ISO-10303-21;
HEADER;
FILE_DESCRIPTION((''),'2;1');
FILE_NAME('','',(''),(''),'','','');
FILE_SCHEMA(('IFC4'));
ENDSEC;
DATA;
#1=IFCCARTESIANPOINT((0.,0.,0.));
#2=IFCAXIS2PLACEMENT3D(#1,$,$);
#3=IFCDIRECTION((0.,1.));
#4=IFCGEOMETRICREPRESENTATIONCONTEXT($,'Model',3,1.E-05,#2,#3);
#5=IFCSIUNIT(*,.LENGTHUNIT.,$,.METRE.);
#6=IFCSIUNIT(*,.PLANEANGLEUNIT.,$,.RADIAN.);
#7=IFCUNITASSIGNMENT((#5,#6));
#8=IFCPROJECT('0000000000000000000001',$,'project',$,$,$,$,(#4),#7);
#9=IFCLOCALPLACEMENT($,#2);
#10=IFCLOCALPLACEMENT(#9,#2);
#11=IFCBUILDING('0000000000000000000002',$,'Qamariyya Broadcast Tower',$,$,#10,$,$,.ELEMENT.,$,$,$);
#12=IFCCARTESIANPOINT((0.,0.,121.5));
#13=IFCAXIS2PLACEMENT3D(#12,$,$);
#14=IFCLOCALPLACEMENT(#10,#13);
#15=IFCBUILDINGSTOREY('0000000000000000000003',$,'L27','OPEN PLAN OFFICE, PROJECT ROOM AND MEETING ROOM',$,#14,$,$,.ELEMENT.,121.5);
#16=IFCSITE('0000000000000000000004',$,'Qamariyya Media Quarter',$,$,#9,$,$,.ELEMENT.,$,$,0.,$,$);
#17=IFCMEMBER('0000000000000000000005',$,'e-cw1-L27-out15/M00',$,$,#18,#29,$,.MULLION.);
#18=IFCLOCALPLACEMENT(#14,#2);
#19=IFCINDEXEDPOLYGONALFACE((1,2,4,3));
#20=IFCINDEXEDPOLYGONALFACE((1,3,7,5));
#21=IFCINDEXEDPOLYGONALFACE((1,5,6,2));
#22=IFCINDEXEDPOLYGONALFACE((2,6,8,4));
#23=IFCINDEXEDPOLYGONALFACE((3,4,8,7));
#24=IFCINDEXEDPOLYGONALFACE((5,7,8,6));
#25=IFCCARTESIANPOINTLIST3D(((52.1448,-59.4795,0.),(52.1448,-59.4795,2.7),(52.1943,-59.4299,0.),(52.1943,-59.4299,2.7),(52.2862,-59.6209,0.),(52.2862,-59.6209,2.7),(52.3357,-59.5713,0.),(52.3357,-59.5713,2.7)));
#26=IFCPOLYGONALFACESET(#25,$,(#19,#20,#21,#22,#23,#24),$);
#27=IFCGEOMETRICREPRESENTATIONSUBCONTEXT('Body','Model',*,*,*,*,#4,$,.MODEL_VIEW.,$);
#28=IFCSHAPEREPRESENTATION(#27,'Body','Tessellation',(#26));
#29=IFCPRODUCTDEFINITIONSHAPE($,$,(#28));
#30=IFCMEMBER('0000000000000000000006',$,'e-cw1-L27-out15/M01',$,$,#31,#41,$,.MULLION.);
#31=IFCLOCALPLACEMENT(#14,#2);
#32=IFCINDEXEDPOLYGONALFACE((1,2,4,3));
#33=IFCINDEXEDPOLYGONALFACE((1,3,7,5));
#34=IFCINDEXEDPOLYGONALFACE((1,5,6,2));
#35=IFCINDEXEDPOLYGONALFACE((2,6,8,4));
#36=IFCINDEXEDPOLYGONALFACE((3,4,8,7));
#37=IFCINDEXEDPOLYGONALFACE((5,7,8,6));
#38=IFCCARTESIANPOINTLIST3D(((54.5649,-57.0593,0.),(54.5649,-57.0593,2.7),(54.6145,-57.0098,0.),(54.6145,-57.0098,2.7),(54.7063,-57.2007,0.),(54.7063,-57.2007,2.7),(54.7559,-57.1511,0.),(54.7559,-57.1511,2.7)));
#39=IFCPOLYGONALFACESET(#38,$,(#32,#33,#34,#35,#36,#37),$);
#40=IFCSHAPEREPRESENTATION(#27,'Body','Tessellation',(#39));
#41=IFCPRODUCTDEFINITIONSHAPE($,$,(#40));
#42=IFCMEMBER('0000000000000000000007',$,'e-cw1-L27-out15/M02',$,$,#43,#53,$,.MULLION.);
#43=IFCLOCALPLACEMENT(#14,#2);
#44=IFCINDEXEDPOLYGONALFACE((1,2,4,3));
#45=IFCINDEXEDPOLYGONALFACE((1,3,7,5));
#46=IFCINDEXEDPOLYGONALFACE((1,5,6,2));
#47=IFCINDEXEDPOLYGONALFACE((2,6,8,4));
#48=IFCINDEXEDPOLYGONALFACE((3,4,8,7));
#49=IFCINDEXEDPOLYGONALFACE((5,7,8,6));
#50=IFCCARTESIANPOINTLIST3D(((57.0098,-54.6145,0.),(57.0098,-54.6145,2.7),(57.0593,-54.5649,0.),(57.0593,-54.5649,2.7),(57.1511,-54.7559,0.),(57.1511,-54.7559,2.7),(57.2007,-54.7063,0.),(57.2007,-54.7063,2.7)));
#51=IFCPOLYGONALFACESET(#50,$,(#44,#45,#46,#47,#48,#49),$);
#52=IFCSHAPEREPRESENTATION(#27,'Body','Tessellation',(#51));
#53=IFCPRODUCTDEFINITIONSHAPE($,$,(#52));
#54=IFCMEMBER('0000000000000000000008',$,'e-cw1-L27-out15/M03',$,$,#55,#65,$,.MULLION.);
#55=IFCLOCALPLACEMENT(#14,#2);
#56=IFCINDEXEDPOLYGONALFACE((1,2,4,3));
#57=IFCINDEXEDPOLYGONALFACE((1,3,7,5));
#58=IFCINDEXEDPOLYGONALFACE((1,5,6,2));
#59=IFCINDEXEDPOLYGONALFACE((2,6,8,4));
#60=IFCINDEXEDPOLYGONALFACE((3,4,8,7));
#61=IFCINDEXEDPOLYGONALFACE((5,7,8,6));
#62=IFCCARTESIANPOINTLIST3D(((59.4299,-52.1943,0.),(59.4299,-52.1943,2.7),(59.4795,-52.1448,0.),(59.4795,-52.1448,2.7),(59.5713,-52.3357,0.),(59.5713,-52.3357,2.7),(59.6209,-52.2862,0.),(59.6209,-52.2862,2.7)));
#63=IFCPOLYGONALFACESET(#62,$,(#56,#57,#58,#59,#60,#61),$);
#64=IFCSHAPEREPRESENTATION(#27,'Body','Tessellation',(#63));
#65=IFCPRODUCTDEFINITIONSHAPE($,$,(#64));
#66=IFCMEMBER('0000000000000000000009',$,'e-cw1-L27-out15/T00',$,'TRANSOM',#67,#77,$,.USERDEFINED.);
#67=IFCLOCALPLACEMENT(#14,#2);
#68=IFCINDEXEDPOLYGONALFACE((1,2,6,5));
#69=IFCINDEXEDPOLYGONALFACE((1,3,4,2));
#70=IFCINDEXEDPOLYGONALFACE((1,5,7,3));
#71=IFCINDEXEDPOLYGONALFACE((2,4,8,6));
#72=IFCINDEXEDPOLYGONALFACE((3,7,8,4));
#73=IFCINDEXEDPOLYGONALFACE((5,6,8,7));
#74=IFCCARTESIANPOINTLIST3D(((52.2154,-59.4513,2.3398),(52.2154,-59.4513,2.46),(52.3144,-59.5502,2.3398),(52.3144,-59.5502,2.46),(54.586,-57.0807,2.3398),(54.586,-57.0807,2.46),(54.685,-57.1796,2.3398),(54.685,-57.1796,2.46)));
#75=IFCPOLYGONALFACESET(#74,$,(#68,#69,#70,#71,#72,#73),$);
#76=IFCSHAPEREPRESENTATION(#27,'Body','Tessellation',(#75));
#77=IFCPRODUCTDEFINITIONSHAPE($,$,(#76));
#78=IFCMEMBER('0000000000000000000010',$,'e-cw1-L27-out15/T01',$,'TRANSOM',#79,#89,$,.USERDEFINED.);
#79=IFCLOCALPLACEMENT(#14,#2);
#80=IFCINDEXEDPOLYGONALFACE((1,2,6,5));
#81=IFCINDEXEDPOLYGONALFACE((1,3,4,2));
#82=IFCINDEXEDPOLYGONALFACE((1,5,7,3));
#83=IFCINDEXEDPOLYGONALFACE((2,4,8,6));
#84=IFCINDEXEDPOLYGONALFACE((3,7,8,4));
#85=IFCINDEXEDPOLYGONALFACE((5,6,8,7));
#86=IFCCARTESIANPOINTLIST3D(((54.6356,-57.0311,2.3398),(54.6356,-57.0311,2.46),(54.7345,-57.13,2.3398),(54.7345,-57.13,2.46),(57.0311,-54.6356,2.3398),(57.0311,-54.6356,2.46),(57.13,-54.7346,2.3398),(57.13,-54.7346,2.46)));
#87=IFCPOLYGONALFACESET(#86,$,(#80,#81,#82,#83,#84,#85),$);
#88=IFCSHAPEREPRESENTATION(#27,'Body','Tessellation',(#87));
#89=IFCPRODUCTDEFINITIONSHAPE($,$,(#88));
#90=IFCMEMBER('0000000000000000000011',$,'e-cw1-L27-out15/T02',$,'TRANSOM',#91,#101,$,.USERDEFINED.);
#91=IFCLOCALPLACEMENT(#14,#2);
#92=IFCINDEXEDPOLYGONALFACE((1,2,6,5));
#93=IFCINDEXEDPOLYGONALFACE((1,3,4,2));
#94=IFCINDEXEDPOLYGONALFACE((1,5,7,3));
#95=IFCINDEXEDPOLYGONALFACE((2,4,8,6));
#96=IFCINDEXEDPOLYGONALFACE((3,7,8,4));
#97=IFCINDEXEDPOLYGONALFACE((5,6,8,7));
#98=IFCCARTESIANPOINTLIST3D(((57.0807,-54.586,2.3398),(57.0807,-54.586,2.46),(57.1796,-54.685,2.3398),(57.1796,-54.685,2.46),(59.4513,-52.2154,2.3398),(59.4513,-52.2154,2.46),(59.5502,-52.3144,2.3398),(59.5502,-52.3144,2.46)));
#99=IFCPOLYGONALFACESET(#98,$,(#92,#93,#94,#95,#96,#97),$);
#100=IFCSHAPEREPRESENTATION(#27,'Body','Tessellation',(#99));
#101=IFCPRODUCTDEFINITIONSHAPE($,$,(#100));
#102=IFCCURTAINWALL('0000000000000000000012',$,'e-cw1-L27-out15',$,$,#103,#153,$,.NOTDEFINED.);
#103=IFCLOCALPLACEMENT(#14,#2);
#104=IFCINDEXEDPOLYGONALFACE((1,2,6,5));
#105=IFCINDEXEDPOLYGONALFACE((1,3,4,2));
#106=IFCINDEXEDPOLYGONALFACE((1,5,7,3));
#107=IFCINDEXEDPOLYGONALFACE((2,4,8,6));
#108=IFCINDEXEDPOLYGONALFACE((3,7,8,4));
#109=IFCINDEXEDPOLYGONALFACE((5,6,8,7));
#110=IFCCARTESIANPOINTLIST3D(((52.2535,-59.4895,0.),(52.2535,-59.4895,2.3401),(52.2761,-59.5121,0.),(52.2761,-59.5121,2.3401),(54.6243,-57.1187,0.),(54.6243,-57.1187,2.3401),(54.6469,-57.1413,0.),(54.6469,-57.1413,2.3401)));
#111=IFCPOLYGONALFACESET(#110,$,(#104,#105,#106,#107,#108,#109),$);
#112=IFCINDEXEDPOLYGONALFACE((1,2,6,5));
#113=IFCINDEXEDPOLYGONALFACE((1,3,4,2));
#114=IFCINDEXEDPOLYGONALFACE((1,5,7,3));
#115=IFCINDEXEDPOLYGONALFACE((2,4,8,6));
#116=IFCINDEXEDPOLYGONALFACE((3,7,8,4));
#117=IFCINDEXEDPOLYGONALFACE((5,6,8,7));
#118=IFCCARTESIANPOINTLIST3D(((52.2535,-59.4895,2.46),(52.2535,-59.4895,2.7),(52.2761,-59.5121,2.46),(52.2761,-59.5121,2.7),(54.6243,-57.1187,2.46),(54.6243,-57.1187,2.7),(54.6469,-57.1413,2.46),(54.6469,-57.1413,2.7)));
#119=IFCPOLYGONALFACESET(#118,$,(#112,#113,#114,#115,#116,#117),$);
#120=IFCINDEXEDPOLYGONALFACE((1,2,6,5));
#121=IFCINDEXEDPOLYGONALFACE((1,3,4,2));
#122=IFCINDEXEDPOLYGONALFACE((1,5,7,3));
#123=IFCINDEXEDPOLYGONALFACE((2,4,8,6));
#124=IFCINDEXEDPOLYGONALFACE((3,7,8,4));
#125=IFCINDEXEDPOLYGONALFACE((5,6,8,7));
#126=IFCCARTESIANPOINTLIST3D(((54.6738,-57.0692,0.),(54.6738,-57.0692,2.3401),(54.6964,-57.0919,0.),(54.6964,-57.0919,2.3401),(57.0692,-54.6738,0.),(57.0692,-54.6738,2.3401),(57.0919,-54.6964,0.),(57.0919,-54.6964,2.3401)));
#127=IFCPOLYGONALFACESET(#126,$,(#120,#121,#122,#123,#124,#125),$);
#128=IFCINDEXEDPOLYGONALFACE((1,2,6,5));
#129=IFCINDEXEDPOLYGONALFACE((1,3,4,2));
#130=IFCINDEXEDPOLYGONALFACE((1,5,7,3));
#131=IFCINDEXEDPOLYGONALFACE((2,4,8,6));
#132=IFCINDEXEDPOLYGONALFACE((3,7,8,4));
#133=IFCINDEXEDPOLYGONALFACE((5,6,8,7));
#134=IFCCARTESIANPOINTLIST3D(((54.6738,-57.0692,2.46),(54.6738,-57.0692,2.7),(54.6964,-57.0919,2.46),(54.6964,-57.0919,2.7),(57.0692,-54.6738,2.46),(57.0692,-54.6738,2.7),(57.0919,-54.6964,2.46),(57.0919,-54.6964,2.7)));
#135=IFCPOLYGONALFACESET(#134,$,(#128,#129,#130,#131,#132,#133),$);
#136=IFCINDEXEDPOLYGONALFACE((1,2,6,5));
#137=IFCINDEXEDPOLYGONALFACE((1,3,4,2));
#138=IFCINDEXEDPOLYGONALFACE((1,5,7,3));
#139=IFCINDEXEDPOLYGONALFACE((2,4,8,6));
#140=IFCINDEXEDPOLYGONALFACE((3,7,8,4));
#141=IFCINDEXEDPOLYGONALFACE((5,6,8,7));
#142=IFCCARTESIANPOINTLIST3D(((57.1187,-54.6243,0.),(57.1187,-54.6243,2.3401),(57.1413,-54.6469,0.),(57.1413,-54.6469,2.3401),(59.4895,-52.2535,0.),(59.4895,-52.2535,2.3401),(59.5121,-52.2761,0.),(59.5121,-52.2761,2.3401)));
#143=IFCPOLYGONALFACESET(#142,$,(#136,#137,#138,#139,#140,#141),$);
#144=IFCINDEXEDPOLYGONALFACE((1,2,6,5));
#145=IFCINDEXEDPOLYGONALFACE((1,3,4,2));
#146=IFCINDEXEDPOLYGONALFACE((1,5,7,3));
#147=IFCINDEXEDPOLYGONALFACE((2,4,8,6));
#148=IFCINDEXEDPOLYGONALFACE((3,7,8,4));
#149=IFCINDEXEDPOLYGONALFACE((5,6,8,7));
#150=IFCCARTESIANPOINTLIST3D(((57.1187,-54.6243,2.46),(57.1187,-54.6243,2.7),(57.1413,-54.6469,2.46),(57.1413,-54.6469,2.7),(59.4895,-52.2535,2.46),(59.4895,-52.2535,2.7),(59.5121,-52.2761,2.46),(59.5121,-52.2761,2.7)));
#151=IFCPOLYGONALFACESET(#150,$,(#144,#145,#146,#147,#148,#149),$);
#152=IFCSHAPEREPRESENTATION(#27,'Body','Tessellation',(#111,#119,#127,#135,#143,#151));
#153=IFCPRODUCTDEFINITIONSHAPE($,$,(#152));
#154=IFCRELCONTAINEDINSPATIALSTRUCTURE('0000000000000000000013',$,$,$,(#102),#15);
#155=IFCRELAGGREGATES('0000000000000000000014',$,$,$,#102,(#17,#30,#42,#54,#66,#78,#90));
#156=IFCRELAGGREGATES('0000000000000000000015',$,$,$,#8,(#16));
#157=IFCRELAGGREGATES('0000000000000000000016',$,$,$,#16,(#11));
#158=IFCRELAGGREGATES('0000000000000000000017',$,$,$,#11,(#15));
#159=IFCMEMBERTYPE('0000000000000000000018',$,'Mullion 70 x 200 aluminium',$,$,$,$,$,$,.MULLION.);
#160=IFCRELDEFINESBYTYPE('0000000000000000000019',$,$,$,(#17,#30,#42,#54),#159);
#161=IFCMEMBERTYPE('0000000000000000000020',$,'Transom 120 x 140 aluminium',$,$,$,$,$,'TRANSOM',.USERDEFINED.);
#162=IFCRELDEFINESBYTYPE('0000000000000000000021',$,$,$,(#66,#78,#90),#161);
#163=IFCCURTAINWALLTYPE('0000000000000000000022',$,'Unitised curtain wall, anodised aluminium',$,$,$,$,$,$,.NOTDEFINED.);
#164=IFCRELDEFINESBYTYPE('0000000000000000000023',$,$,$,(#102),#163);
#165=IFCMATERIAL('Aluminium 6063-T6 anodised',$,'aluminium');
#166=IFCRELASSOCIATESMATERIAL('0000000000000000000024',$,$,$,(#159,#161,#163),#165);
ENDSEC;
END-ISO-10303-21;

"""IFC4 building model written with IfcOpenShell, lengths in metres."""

from ifc_helpers import new_model, si_unit, direction, frame, origin, origin_2d, place, context, subcontext, project, spatial, rectangle, extrude, material, material_profile, profile_set, type_object, element, aggregate, save


model = new_model("IFC4")

# Units and contexts
model_context = context("Model", 3, precision=1e-05, world=origin(), true_north=direction((0.0, 1.0)))
body_context = subcontext(model_context, "Body", "Model", "MODEL_VIEW")
ifc_project = project(units=[si_unit("LENGTHUNIT", "METRE"), si_unit("PLANEANGLEUNIT", "RADIAN")], contexts=[model_context])

# Members
ifc_material_1 = material(Name="Aluminium 6063-T6 anodised", Category="aluminium")
ifc_material_profile_1 = material_profile(ifc_material_1, rectangle(XDim=0.2, YDim=0.0701, at=origin_2d()))
ifc_profile_set_1 = profile_set([ifc_material_profile_1], Name="Aluminium 6063-T6 anodised")
member_type_1 = type_object("IfcMemberType", Name="Mullion 70 x 200 aluminium", PredefinedType="MULLION", material=ifc_profile_set_1)
site_placement = place(None, origin())
building_placement = place(site_placement, origin())
storey_placement = place(building_placement, frame((0.0, 0.0, 121.5)))
member_1_placement = place(storey_placement, frame((52.2402, -59.5254, 0.0), z_axis=(0.0, 0.0, 1.0), x_axis=(-0.707107, 0.707107, 0.0)))
member_1 = element("IfcMember", 1, at=member_1_placement, type_object=member_type_1, Name="e-cw1-L27-out15/M00", PredefinedType="MULLION", context=body_context, shape_type="SweptSolid", body=[
    extrude(rectangle(XDim=0.2, YDim=0.0701, at=origin_2d()), origin(), (0.0, 0.0, 1.0), 2.7),
])
member_2_placement = place(storey_placement, frame((54.6604, -57.1052, 0.0), z_axis=(0.0, 0.0, 1.0), x_axis=(-0.707107, 0.707107, 0.0)))
member_2 = element("IfcMember", 2, at=member_2_placement, type_object=member_type_1, Name="e-cw1-L27-out15/M01", PredefinedType="MULLION", context=body_context, shape_type="SweptSolid", body=[
    extrude(rectangle(XDim=0.2, YDim=0.0701, at=origin_2d()), origin(), (0.0, 0.0, 1.0), 2.7),
])
member_3_placement = place(storey_placement, frame((57.1052, -54.6604, 0.0), z_axis=(0.0, 0.0, 1.0), x_axis=(-0.707107, 0.707107, 0.0)))
member_3 = element("IfcMember", 3, at=member_3_placement, type_object=member_type_1, Name="e-cw1-L27-out15/M02", PredefinedType="MULLION", context=body_context, shape_type="SweptSolid", body=[
    extrude(rectangle(XDim=0.2, YDim=0.0701, at=origin_2d()), origin(), (0.0, 0.0, 1.0), 2.7),
])
member_4_placement = place(storey_placement, frame((59.5254, -52.2402, 0.0), z_axis=(0.0, 0.0, 1.0), x_axis=(-0.707107, 0.707107, 0.0)))
member_4 = element("IfcMember", 4, at=member_4_placement, type_object=member_type_1, Name="e-cw1-L27-out15/M03", PredefinedType="MULLION", context=body_context, shape_type="SweptSolid", body=[
    extrude(rectangle(XDim=0.2, YDim=0.0701, at=origin_2d()), origin(), (0.0, 0.0, 1.0), 2.7),
])
ifc_material_profile_2 = material_profile(ifc_material_1, rectangle(XDim=0.1399, YDim=0.1201, at=origin_2d()))
ifc_profile_set_2 = profile_set([ifc_material_profile_2], Name="Aluminium 6063-T6 anodised")
member_type_2 = type_object("IfcMemberType", Name="Transom 120 x 140 aluminium", ElementType="TRANSOM", PredefinedType="USERDEFINED", material=ifc_profile_set_2)
member_5_placement = place(storey_placement, frame((52.2649, -59.5007, 2.3999), z_axis=(0.707107, 0.707107, 0.0), x_axis=(-0.707107, 0.707107, 0.0)))
member_5 = element("IfcMember", 5, at=member_5_placement, type_object=member_type_2, Name="e-cw1-L27-out15/T00", ObjectType="TRANSOM", PredefinedType="USERDEFINED", context=body_context, shape_type="SweptSolid", body=[
    extrude(rectangle(XDim=0.1399, YDim=0.1201, at=origin_2d()), origin(), (0.0, 0.0, 1.0), 3.3525),
])
member_6_placement = place(storey_placement, frame((54.6851, -57.0806, 2.3999), z_axis=(0.707107, 0.707107, 0.0), x_axis=(-0.707107, 0.707107, 0.0)))
member_6 = element("IfcMember", 6, at=member_6_placement, type_object=member_type_2, Name="e-cw1-L27-out15/T01", ObjectType="TRANSOM", PredefinedType="USERDEFINED", context=body_context, shape_type="SweptSolid", body=[
    extrude(rectangle(XDim=0.1399, YDim=0.1201, at=origin_2d()), origin(), (0.0, 0.0, 1.0), 3.3877),
])
member_7_placement = place(storey_placement, frame((57.1301, -54.6355, 2.3999), z_axis=(0.707107, 0.707107, 0.0), x_axis=(-0.707107, 0.707107, 0.0)))
member_7 = element("IfcMember", 7, at=member_7_placement, type_object=member_type_2, Name="e-cw1-L27-out15/T02", ObjectType="TRANSOM", PredefinedType="USERDEFINED", context=body_context, shape_type="SweptSolid", body=[
    extrude(rectangle(XDim=0.1399, YDim=0.1201, at=origin_2d()), origin(), (0.0, 0.0, 1.0), 3.3525),
])

# Site, building, storey
site = spatial("IfcSite", under=ifc_project, at=site_placement, Name="Qamariyya Media Quarter", CompositionType="ELEMENT", RefElevation=0.0)
building = spatial("IfcBuilding", under=site, at=building_placement, Name="Qamariyya Broadcast Tower", CompositionType="ELEMENT")
storey = spatial("IfcBuildingStorey", under=building, at=storey_placement, Name="L27", Description="OPEN PLAN OFFICE, PROJECT ROOM AND MEETING ROOM", CompositionType="ELEMENT", Elevation=121.5)

# Curtain wall
curtain_wall_type = type_object("IfcCurtainWallType", Name="Unitised curtain wall, anodised aluminium", PredefinedType="NOTDEFINED", material=ifc_material_1)
curtain_wall_1_placement = place(storey_placement, origin())
curtain_wall_1 = element("IfcCurtainWall", 8, at=curtain_wall_1_placement, inside=storey, type_object=curtain_wall_type, Name="e-cw1-L27-out15", PredefinedType="NOTDEFINED", context=body_context, shape_type="SweptSolid", body=[
    extrude(rectangle(XDim=3.3528, YDim=0.032, at=origin_2d()), frame((53.4502, -58.3154, 0.0), x_axis=(0.707107, 0.707107, 0.0)), (0.0, 0.0, 1.0), 2.3401),
    extrude(rectangle(XDim=3.3528, YDim=0.032, at=origin_2d()), frame((53.4502, -58.3154, 2.46), x_axis=(0.707107, 0.707107, 0.0)), (0.0, 0.0, 1.0), 0.24),
    extrude(rectangle(XDim=3.3877, YDim=0.032, at=origin_2d()), frame((55.8828, -55.8828, 0.0), x_axis=(0.707107, 0.707107, 0.0)), (0.0, 0.0, 1.0), 2.3401),
    extrude(rectangle(XDim=3.3877, YDim=0.032, at=origin_2d()), frame((55.8828, -55.8828, 2.46), x_axis=(0.707107, 0.707107, 0.0)), (0.0, 0.0, 1.0), 0.24),
    extrude(rectangle(XDim=3.3528, YDim=0.032, at=origin_2d()), frame((58.3154, -53.4502, 0.0), x_axis=(0.707107, 0.707107, 0.0)), (0.0, 0.0, 1.0), 2.3401),
    extrude(rectangle(XDim=3.3528, YDim=0.032, at=origin_2d()), frame((58.3154, -53.4502, 2.46), x_axis=(0.707107, 0.707107, 0.0)), (0.0, 0.0, 1.0), 0.24),
])
aggregate(curtain_wall_1, [member_1, member_2, member_3, member_4, member_5, member_6, member_7])

save(model, "model.ifc")
